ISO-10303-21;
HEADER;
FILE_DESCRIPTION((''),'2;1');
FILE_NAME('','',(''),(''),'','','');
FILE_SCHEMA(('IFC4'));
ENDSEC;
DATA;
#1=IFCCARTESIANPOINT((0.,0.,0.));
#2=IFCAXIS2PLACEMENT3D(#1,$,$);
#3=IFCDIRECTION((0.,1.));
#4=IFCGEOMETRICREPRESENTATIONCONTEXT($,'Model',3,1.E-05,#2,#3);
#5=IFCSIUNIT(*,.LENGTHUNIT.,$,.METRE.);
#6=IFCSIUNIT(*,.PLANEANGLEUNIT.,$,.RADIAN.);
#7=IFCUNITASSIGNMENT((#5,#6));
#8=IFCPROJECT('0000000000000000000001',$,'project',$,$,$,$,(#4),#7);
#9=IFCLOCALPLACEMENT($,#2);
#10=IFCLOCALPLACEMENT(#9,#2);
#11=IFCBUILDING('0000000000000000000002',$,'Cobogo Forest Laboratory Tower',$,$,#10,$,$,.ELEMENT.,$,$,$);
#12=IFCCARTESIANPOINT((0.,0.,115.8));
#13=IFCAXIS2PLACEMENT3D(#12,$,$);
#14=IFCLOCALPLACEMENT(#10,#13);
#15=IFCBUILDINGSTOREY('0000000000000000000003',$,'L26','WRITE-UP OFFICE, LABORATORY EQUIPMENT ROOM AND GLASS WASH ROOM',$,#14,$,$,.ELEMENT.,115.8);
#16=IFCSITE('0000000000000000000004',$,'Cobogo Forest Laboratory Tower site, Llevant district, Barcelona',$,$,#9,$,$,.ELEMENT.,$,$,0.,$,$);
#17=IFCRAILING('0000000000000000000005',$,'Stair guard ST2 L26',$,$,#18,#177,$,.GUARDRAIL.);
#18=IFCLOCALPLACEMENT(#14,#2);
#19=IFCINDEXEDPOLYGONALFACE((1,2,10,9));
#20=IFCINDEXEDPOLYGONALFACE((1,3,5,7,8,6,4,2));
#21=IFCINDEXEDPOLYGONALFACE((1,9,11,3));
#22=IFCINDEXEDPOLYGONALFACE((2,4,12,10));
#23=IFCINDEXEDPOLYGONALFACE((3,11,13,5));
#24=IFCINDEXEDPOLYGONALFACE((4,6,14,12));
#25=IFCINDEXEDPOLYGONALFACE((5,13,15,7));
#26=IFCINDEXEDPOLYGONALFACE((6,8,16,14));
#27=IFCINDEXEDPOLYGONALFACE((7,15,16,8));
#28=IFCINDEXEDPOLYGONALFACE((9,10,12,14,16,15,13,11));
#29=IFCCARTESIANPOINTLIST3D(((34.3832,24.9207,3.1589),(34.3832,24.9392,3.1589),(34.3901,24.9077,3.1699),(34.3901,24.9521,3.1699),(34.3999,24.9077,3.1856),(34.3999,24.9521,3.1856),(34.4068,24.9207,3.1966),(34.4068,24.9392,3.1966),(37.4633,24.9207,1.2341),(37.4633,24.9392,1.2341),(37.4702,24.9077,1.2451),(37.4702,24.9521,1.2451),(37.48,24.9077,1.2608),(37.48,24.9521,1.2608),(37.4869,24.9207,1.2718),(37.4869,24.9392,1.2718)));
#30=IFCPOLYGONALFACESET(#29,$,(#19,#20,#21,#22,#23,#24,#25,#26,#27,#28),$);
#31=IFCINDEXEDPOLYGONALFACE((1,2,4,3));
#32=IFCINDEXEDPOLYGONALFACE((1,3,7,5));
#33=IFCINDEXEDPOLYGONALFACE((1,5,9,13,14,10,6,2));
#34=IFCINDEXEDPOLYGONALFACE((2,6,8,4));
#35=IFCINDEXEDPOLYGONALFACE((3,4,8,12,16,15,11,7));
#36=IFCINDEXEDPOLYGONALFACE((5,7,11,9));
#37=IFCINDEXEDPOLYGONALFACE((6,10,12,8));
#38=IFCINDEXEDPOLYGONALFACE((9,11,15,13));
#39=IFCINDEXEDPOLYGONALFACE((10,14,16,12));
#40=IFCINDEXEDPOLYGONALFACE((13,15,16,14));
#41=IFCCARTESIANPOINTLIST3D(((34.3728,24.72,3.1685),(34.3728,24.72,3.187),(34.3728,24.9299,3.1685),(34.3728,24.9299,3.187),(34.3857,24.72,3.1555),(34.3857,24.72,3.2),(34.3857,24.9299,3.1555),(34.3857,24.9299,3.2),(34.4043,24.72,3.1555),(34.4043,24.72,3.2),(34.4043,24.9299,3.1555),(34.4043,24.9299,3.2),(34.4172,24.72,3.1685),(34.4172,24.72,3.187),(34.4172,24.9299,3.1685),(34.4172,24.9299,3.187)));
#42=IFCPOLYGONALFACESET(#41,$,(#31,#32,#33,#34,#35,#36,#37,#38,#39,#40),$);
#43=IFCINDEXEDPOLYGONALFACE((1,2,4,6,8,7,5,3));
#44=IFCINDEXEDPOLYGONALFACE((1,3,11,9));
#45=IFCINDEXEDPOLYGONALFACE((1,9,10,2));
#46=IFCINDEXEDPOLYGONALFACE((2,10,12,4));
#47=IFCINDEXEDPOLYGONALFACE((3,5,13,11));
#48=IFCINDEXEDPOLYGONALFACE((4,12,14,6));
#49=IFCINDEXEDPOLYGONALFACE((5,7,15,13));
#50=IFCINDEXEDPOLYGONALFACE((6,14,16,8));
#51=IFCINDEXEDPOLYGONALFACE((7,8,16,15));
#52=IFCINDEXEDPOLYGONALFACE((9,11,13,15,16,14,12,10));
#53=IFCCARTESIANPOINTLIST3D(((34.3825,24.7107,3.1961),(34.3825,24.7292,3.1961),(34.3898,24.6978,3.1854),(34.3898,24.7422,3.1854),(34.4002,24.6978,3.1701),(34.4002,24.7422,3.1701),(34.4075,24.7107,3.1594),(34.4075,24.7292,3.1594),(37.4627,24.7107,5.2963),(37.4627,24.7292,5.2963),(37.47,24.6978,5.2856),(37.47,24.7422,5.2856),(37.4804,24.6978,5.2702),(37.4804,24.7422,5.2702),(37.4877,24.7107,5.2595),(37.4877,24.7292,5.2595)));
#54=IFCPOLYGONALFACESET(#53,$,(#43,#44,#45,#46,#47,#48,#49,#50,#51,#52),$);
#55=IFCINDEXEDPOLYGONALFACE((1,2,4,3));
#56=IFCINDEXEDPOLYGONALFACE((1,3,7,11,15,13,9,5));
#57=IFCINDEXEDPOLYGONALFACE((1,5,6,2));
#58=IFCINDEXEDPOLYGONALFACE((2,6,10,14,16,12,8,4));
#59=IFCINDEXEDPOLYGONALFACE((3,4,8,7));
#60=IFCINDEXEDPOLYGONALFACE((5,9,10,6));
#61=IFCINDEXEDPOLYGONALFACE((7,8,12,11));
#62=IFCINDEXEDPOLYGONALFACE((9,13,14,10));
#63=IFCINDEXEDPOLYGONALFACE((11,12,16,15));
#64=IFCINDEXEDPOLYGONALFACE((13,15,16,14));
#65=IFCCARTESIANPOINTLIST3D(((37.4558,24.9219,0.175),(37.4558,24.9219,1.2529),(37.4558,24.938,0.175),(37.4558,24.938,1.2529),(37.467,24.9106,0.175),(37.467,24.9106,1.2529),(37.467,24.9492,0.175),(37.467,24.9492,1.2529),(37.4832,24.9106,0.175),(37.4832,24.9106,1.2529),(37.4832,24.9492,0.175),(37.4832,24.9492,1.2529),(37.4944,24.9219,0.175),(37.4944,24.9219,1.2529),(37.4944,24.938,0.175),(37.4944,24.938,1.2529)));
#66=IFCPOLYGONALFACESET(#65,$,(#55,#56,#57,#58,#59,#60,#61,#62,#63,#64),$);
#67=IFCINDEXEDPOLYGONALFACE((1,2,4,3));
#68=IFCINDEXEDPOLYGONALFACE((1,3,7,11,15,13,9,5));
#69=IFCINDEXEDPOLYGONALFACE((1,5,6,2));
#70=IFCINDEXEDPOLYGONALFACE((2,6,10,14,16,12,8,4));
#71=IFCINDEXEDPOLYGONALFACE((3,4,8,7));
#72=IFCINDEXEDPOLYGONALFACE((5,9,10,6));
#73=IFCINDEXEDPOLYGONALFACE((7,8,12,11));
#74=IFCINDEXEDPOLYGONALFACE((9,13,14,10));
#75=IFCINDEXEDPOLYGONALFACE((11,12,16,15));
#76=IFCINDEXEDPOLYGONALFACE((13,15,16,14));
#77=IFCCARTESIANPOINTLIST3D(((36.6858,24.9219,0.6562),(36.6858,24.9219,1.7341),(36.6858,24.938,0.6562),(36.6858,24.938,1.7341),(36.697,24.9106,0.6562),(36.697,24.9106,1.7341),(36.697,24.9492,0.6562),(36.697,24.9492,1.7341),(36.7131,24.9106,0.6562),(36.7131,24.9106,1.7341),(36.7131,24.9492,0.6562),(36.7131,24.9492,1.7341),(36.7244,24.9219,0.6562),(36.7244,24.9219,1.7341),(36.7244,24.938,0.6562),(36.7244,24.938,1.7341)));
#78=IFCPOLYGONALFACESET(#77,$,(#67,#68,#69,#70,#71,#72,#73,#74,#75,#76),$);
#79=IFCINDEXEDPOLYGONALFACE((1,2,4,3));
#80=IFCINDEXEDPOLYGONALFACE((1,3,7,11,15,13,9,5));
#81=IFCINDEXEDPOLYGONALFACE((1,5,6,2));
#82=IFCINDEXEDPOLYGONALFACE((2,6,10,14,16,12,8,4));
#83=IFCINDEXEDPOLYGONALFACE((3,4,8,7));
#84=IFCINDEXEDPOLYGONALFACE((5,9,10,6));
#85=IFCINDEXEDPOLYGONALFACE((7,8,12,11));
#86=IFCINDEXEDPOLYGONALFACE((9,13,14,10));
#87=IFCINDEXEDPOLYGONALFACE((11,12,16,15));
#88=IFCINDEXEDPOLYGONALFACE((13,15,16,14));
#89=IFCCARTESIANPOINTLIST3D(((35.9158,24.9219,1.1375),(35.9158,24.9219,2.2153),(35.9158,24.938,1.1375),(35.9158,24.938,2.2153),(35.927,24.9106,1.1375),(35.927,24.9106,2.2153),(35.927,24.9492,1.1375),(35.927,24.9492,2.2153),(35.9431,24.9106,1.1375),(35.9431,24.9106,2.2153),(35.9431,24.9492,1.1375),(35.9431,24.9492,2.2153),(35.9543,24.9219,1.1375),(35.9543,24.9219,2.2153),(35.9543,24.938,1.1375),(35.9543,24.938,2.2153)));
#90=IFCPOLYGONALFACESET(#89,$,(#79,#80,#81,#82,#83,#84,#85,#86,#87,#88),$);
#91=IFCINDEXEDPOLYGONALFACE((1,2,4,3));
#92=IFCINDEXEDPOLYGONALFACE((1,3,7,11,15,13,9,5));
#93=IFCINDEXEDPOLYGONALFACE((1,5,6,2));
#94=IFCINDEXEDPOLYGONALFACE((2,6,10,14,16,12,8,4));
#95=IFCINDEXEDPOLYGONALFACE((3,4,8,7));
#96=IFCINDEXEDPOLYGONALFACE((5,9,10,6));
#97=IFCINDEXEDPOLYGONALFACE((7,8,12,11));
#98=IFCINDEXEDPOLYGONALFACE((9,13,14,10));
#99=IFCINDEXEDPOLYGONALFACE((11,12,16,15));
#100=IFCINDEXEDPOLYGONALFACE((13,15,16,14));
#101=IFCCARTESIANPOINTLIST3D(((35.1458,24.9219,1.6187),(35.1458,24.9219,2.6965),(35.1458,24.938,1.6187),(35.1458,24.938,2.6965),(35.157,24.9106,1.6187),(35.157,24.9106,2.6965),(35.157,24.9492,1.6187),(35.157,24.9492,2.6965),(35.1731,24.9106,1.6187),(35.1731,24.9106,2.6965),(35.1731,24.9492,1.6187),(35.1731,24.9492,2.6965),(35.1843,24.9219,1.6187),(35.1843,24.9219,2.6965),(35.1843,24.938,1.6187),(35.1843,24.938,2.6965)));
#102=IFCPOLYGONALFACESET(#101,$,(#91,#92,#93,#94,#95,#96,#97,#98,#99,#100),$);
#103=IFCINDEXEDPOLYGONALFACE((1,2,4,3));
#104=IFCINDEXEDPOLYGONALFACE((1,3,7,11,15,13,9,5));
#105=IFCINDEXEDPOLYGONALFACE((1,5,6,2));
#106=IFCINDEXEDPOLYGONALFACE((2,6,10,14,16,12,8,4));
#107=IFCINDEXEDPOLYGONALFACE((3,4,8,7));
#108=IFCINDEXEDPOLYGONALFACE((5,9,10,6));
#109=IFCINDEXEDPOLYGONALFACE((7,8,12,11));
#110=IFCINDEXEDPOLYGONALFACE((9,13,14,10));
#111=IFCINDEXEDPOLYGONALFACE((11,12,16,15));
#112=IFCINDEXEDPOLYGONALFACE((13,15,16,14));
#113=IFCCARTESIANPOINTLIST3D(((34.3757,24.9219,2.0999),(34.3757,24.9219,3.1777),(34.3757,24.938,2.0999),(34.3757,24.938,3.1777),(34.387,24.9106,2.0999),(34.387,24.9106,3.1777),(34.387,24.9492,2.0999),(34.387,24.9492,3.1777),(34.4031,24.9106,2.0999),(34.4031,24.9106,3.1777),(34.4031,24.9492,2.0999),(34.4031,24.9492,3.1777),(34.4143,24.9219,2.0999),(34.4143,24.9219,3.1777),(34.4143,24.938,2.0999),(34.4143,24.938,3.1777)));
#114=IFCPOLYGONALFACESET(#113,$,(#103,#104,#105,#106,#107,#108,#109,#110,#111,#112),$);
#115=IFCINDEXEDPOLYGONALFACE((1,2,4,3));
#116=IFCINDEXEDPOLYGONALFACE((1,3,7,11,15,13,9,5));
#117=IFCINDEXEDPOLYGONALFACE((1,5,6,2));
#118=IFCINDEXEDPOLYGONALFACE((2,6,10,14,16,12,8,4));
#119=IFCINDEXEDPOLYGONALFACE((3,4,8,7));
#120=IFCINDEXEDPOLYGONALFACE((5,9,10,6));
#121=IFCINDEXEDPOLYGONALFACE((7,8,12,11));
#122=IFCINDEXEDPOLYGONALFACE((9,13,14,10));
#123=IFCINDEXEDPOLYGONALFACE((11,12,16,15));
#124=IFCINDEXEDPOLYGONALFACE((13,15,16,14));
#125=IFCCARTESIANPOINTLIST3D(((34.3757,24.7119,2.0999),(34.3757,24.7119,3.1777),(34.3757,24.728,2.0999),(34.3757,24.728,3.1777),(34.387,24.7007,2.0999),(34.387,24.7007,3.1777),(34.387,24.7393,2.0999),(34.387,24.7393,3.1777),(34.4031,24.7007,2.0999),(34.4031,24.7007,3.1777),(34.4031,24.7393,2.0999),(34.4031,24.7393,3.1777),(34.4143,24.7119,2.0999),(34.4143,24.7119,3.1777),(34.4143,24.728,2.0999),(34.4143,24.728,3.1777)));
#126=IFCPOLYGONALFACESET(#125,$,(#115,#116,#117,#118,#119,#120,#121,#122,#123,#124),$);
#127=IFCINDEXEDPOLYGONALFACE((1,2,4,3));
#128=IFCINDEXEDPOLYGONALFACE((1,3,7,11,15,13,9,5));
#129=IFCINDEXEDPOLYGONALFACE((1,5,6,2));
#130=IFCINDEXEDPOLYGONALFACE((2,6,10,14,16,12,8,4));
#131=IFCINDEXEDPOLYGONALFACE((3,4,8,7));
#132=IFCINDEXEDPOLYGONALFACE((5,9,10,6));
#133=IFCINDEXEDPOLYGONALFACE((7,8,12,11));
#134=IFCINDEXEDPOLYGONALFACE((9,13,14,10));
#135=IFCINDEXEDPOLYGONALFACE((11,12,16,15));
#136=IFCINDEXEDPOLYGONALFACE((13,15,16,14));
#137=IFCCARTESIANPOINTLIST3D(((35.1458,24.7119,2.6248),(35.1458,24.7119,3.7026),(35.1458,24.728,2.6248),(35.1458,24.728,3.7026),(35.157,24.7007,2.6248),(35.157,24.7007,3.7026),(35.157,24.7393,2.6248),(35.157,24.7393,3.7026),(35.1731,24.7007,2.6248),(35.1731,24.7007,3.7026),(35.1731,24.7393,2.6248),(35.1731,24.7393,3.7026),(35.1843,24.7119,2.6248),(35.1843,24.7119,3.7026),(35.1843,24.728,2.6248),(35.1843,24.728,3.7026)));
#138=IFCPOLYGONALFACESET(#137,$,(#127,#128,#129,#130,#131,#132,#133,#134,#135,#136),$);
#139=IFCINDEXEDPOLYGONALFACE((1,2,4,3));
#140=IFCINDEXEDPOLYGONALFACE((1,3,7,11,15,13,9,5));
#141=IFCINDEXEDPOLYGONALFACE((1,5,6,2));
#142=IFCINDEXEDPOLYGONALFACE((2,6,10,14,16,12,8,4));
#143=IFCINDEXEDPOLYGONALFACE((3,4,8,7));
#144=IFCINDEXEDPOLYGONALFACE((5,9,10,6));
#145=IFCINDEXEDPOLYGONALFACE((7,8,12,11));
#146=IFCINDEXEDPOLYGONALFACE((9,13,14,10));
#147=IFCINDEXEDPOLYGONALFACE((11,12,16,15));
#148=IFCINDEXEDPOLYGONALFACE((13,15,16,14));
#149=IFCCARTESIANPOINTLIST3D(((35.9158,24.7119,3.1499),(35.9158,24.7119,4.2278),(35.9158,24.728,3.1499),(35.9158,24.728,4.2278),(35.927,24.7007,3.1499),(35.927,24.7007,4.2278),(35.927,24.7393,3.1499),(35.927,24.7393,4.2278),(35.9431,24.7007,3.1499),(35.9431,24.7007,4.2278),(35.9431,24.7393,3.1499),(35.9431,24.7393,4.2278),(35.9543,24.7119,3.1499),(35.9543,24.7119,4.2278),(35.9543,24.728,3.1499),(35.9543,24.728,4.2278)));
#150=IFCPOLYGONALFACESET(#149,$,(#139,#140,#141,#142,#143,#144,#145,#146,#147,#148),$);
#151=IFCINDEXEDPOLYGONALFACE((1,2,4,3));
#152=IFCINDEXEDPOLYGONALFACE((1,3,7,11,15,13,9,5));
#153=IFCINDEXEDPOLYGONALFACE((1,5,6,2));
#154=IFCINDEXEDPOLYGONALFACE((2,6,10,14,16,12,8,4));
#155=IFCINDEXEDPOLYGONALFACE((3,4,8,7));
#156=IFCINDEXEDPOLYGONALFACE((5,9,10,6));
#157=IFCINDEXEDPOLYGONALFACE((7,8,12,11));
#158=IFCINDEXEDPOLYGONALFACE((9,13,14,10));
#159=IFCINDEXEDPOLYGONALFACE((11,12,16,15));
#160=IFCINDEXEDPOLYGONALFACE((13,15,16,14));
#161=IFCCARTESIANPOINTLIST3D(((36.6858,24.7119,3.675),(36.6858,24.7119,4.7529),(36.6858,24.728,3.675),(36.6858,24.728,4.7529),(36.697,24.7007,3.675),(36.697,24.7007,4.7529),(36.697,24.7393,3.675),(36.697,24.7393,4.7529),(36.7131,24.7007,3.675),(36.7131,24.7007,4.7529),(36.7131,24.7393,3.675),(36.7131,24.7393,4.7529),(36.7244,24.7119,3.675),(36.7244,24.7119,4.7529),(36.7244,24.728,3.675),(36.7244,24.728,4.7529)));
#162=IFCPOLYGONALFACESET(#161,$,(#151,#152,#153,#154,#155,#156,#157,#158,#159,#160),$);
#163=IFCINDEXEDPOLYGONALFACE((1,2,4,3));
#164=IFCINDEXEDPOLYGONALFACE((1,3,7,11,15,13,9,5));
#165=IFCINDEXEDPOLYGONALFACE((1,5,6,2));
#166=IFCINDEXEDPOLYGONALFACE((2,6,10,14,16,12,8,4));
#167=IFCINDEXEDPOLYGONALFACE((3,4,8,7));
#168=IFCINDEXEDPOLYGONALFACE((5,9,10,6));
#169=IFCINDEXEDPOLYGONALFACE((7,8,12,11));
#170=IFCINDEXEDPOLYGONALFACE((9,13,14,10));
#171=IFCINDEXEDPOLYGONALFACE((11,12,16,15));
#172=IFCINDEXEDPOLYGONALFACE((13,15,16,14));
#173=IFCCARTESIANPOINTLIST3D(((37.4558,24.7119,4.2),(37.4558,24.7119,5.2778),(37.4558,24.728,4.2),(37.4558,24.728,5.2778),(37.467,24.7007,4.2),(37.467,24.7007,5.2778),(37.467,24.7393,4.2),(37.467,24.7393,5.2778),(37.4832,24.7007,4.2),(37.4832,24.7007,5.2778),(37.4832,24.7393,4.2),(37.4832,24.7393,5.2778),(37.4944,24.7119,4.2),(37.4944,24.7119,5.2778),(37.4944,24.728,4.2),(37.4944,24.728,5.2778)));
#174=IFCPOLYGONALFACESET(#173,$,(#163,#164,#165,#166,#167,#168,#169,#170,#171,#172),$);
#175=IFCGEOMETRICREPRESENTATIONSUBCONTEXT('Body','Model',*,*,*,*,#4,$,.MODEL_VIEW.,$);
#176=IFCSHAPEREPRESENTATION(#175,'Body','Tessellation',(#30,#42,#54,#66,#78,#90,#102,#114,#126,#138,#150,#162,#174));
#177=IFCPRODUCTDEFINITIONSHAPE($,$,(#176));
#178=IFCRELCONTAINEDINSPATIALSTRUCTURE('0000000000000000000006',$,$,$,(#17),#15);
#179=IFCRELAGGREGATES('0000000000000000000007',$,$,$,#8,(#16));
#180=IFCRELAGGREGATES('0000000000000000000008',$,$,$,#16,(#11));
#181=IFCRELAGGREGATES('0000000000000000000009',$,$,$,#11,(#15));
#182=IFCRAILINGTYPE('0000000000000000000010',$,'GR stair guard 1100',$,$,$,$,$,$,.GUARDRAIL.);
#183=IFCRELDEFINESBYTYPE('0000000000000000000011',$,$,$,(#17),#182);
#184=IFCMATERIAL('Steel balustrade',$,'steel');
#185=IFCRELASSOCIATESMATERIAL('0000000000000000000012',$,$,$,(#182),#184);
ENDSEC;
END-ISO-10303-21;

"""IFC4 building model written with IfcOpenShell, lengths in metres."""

from ifc_helpers import new_model, si_unit, direction, frame, origin, place, context, subcontext, project, spatial, polyline, outline, extrude, material, type_object, element, save


model = new_model("IFC4")

# Units and contexts
model_context = context("Model", 3, precision=1e-05, world=origin(), true_north=direction((0.0, 1.0)))
body_context = subcontext(model_context, "Body", "Model", "MODEL_VIEW")
ifc_project = project(units=[si_unit("LENGTHUNIT", "METRE"), si_unit("PLANEANGLEUNIT", "RADIAN")], contexts=[model_context])

# Site, building, storey
site_placement = place(None, origin())
site = spatial("IfcSite", under=ifc_project, at=site_placement, Name="Cobogo Forest Laboratory Tower site, Llevant district, Barcelona", CompositionType="ELEMENT", RefElevation=0.0)
building_placement = place(site_placement, origin())
building = spatial("IfcBuilding", under=site, at=building_placement, Name="Cobogo Forest Laboratory Tower", CompositionType="ELEMENT")
storey_placement = place(building_placement, frame((0.0, 0.0, 115.8)))
storey = spatial("IfcBuildingStorey", under=building, at=storey_placement, Name="L26", Description="WRITE-UP OFFICE, LABORATORY EQUIPMENT ROOM AND GLASS WASH ROOM", CompositionType="ELEMENT", Elevation=115.8)

# Railing
ifc_material_1 = material(Name="Steel balustrade", Category="steel")
railing_type_1 = type_object("IfcRailingType", Name="GR stair guard 1100", PredefinedType="GUARDRAIL", material=ifc_material_1)
railing_1_placement = place(storey_placement, frame((37.4751, 24.9299, 0.175)))
element("IfcRailing", 1, at=railing_1_placement, inside=storey, type_object=railing_type_1, Name="Stair guard ST2 L26", PredefinedType="GUARDRAIL", context=body_context, shape_type="SweptSolid", body=[
    extrude(outline(polyline([(0.0222, 0.0093), (0.0093, 0.0222), (-0.0093, 0.0222), (-0.0222, 0.0093), (-0.0222, -0.0093), (-0.0093, -0.0222), (0.0093, -0.0222), (0.0222, -0.0093), (0.0222, 0.0093)])), frame((0.0, 0.0, 1.0779), z_axis=(-0.848029, 0.0, 0.529951), x_axis=(0.0, -1.0, 0.0)), (0.0, 0.0, 1.0), 3.6321),
    extrude(outline(polyline([(0.0222, 0.0093), (0.0093, 0.0222), (-0.0093, 0.0222), (-0.0222, 0.0093), (-0.0222, -0.0093), (-0.0093, -0.0222), (0.0093, -0.0222), (0.0222, -0.0093), (0.0222, 0.0093)])), frame((-3.0801, 0.0, 3.0027), z_axis=(0.0, -1.0, 0.0), x_axis=(1.0, 0.0, 0.0)), (0.0, 0.0, 1.0), 0.21),
    extrude(outline(polyline([(0.0222, 0.0093), (0.0093, 0.0222), (-0.0093, 0.0222), (-0.0222, 0.0093), (-0.0222, -0.0093), (-0.0093, -0.0222), (0.0093, -0.0222), (0.0222, -0.0093), (0.0222, 0.0093)])), frame((-3.0801, -0.21, 3.0027), z_axis=(0.826222, 0.0, 0.563345), x_axis=(0.0, 1.0, 0.0)), (0.0, 0.0, 1.0), 3.728),
    extrude(outline(polyline([(0.0193, 0.0081), (0.0081, 0.0193), (-0.0081, 0.0193), (-0.0193, 0.0081), (-0.0193, -0.0081), (-0.0081, -0.0193), (0.0081, -0.0193), (0.0193, -0.0081), (0.0193, 0.0081)])), origin(), (0.0, 0.0, 1.0), 1.0779),
    extrude(outline(polyline([(0.0193, 0.0081), (0.0081, 0.0193), (-0.0081, 0.0193), (-0.0193, 0.0081), (-0.0193, -0.0081), (-0.0081, -0.0193), (0.0081, -0.0193), (0.0193, -0.0081), (0.0193, 0.0081)])), frame((-0.77, 0.0, 0.4812)), (0.0, 0.0, 1.0), 1.0779),
    extrude(outline(polyline([(0.0193, 0.0081), (0.0081, 0.0193), (-0.0081, 0.0193), (-0.0193, 0.0081), (-0.0193, -0.0081), (-0.0081, -0.0193), (0.0081, -0.0193), (0.0193, -0.0081), (0.0193, 0.0081)])), frame((-1.54, 0.0, 0.9624)), (0.0, 0.0, 1.0), 1.0779),
    extrude(outline(polyline([(0.0193, 0.0081), (0.0081, 0.0193), (-0.0081, 0.0193), (-0.0193, 0.0081), (-0.0193, -0.0081), (-0.0081, -0.0193), (0.0081, -0.0193), (0.0193, -0.0081), (0.0193, 0.0081)])), frame((-2.3101, 0.0, 1.4436)), (0.0, 0.0, 1.0), 1.0779),
    extrude(outline(polyline([(0.0193, 0.0081), (0.0081, 0.0193), (-0.0081, 0.0193), (-0.0193, 0.0081), (-0.0193, -0.0081), (-0.0081, -0.0193), (0.0081, -0.0193), (0.0193, -0.0081), (0.0193, 0.0081)])), frame((-3.0801, 0.0, 1.9248)), (0.0, 0.0, 1.0), 1.0779),
    extrude(outline(polyline([(0.0193, 0.0081), (0.0081, 0.0193), (-0.0081, 0.0193), (-0.0193, 0.0081), (-0.0193, -0.0081), (-0.0081, -0.0193), (0.0081, -0.0193), (0.0193, -0.0081), (0.0193, 0.0081)])), frame((-3.0801, -0.21, 1.9248)), (0.0, 0.0, 1.0), 1.0779),
    extrude(outline(polyline([(0.0193, 0.0081), (0.0081, 0.0193), (-0.0081, 0.0193), (-0.0193, 0.0081), (-0.0193, -0.0081), (-0.0081, -0.0193), (0.0081, -0.0193), (0.0193, -0.0081), (0.0193, 0.0081)])), frame((-2.3101, -0.21, 2.4497)), (0.0, 0.0, 1.0), 1.0779),
    extrude(outline(polyline([(0.0193, 0.0081), (0.0081, 0.0193), (-0.0081, 0.0193), (-0.0193, 0.0081), (-0.0193, -0.0081), (-0.0081, -0.0193), (0.0081, -0.0193), (0.0193, -0.0081), (0.0193, 0.0081)])), frame((-1.54, -0.21, 2.9749)), (0.0, 0.0, 1.0), 1.0779),
    extrude(outline(polyline([(0.0193, 0.0081), (0.0081, 0.0193), (-0.0081, 0.0193), (-0.0193, 0.0081), (-0.0193, -0.0081), (-0.0081, -0.0193), (0.0081, -0.0193), (0.0193, -0.0081), (0.0193, 0.0081)])), frame((-0.77, -0.21, 3.5)), (0.0, 0.0, 1.0), 1.0779),
    extrude(outline(polyline([(0.0193, 0.0081), (0.0081, 0.0193), (-0.0081, 0.0193), (-0.0193, 0.0081), (-0.0193, -0.0081), (-0.0081, -0.0193), (0.0081, -0.0193), (0.0193, -0.0081), (0.0193, 0.0081)])), frame((0.0, -0.21, 4.0249)), (0.0, 0.0, 1.0), 1.0779),
])

save(model, "model.ifc")
